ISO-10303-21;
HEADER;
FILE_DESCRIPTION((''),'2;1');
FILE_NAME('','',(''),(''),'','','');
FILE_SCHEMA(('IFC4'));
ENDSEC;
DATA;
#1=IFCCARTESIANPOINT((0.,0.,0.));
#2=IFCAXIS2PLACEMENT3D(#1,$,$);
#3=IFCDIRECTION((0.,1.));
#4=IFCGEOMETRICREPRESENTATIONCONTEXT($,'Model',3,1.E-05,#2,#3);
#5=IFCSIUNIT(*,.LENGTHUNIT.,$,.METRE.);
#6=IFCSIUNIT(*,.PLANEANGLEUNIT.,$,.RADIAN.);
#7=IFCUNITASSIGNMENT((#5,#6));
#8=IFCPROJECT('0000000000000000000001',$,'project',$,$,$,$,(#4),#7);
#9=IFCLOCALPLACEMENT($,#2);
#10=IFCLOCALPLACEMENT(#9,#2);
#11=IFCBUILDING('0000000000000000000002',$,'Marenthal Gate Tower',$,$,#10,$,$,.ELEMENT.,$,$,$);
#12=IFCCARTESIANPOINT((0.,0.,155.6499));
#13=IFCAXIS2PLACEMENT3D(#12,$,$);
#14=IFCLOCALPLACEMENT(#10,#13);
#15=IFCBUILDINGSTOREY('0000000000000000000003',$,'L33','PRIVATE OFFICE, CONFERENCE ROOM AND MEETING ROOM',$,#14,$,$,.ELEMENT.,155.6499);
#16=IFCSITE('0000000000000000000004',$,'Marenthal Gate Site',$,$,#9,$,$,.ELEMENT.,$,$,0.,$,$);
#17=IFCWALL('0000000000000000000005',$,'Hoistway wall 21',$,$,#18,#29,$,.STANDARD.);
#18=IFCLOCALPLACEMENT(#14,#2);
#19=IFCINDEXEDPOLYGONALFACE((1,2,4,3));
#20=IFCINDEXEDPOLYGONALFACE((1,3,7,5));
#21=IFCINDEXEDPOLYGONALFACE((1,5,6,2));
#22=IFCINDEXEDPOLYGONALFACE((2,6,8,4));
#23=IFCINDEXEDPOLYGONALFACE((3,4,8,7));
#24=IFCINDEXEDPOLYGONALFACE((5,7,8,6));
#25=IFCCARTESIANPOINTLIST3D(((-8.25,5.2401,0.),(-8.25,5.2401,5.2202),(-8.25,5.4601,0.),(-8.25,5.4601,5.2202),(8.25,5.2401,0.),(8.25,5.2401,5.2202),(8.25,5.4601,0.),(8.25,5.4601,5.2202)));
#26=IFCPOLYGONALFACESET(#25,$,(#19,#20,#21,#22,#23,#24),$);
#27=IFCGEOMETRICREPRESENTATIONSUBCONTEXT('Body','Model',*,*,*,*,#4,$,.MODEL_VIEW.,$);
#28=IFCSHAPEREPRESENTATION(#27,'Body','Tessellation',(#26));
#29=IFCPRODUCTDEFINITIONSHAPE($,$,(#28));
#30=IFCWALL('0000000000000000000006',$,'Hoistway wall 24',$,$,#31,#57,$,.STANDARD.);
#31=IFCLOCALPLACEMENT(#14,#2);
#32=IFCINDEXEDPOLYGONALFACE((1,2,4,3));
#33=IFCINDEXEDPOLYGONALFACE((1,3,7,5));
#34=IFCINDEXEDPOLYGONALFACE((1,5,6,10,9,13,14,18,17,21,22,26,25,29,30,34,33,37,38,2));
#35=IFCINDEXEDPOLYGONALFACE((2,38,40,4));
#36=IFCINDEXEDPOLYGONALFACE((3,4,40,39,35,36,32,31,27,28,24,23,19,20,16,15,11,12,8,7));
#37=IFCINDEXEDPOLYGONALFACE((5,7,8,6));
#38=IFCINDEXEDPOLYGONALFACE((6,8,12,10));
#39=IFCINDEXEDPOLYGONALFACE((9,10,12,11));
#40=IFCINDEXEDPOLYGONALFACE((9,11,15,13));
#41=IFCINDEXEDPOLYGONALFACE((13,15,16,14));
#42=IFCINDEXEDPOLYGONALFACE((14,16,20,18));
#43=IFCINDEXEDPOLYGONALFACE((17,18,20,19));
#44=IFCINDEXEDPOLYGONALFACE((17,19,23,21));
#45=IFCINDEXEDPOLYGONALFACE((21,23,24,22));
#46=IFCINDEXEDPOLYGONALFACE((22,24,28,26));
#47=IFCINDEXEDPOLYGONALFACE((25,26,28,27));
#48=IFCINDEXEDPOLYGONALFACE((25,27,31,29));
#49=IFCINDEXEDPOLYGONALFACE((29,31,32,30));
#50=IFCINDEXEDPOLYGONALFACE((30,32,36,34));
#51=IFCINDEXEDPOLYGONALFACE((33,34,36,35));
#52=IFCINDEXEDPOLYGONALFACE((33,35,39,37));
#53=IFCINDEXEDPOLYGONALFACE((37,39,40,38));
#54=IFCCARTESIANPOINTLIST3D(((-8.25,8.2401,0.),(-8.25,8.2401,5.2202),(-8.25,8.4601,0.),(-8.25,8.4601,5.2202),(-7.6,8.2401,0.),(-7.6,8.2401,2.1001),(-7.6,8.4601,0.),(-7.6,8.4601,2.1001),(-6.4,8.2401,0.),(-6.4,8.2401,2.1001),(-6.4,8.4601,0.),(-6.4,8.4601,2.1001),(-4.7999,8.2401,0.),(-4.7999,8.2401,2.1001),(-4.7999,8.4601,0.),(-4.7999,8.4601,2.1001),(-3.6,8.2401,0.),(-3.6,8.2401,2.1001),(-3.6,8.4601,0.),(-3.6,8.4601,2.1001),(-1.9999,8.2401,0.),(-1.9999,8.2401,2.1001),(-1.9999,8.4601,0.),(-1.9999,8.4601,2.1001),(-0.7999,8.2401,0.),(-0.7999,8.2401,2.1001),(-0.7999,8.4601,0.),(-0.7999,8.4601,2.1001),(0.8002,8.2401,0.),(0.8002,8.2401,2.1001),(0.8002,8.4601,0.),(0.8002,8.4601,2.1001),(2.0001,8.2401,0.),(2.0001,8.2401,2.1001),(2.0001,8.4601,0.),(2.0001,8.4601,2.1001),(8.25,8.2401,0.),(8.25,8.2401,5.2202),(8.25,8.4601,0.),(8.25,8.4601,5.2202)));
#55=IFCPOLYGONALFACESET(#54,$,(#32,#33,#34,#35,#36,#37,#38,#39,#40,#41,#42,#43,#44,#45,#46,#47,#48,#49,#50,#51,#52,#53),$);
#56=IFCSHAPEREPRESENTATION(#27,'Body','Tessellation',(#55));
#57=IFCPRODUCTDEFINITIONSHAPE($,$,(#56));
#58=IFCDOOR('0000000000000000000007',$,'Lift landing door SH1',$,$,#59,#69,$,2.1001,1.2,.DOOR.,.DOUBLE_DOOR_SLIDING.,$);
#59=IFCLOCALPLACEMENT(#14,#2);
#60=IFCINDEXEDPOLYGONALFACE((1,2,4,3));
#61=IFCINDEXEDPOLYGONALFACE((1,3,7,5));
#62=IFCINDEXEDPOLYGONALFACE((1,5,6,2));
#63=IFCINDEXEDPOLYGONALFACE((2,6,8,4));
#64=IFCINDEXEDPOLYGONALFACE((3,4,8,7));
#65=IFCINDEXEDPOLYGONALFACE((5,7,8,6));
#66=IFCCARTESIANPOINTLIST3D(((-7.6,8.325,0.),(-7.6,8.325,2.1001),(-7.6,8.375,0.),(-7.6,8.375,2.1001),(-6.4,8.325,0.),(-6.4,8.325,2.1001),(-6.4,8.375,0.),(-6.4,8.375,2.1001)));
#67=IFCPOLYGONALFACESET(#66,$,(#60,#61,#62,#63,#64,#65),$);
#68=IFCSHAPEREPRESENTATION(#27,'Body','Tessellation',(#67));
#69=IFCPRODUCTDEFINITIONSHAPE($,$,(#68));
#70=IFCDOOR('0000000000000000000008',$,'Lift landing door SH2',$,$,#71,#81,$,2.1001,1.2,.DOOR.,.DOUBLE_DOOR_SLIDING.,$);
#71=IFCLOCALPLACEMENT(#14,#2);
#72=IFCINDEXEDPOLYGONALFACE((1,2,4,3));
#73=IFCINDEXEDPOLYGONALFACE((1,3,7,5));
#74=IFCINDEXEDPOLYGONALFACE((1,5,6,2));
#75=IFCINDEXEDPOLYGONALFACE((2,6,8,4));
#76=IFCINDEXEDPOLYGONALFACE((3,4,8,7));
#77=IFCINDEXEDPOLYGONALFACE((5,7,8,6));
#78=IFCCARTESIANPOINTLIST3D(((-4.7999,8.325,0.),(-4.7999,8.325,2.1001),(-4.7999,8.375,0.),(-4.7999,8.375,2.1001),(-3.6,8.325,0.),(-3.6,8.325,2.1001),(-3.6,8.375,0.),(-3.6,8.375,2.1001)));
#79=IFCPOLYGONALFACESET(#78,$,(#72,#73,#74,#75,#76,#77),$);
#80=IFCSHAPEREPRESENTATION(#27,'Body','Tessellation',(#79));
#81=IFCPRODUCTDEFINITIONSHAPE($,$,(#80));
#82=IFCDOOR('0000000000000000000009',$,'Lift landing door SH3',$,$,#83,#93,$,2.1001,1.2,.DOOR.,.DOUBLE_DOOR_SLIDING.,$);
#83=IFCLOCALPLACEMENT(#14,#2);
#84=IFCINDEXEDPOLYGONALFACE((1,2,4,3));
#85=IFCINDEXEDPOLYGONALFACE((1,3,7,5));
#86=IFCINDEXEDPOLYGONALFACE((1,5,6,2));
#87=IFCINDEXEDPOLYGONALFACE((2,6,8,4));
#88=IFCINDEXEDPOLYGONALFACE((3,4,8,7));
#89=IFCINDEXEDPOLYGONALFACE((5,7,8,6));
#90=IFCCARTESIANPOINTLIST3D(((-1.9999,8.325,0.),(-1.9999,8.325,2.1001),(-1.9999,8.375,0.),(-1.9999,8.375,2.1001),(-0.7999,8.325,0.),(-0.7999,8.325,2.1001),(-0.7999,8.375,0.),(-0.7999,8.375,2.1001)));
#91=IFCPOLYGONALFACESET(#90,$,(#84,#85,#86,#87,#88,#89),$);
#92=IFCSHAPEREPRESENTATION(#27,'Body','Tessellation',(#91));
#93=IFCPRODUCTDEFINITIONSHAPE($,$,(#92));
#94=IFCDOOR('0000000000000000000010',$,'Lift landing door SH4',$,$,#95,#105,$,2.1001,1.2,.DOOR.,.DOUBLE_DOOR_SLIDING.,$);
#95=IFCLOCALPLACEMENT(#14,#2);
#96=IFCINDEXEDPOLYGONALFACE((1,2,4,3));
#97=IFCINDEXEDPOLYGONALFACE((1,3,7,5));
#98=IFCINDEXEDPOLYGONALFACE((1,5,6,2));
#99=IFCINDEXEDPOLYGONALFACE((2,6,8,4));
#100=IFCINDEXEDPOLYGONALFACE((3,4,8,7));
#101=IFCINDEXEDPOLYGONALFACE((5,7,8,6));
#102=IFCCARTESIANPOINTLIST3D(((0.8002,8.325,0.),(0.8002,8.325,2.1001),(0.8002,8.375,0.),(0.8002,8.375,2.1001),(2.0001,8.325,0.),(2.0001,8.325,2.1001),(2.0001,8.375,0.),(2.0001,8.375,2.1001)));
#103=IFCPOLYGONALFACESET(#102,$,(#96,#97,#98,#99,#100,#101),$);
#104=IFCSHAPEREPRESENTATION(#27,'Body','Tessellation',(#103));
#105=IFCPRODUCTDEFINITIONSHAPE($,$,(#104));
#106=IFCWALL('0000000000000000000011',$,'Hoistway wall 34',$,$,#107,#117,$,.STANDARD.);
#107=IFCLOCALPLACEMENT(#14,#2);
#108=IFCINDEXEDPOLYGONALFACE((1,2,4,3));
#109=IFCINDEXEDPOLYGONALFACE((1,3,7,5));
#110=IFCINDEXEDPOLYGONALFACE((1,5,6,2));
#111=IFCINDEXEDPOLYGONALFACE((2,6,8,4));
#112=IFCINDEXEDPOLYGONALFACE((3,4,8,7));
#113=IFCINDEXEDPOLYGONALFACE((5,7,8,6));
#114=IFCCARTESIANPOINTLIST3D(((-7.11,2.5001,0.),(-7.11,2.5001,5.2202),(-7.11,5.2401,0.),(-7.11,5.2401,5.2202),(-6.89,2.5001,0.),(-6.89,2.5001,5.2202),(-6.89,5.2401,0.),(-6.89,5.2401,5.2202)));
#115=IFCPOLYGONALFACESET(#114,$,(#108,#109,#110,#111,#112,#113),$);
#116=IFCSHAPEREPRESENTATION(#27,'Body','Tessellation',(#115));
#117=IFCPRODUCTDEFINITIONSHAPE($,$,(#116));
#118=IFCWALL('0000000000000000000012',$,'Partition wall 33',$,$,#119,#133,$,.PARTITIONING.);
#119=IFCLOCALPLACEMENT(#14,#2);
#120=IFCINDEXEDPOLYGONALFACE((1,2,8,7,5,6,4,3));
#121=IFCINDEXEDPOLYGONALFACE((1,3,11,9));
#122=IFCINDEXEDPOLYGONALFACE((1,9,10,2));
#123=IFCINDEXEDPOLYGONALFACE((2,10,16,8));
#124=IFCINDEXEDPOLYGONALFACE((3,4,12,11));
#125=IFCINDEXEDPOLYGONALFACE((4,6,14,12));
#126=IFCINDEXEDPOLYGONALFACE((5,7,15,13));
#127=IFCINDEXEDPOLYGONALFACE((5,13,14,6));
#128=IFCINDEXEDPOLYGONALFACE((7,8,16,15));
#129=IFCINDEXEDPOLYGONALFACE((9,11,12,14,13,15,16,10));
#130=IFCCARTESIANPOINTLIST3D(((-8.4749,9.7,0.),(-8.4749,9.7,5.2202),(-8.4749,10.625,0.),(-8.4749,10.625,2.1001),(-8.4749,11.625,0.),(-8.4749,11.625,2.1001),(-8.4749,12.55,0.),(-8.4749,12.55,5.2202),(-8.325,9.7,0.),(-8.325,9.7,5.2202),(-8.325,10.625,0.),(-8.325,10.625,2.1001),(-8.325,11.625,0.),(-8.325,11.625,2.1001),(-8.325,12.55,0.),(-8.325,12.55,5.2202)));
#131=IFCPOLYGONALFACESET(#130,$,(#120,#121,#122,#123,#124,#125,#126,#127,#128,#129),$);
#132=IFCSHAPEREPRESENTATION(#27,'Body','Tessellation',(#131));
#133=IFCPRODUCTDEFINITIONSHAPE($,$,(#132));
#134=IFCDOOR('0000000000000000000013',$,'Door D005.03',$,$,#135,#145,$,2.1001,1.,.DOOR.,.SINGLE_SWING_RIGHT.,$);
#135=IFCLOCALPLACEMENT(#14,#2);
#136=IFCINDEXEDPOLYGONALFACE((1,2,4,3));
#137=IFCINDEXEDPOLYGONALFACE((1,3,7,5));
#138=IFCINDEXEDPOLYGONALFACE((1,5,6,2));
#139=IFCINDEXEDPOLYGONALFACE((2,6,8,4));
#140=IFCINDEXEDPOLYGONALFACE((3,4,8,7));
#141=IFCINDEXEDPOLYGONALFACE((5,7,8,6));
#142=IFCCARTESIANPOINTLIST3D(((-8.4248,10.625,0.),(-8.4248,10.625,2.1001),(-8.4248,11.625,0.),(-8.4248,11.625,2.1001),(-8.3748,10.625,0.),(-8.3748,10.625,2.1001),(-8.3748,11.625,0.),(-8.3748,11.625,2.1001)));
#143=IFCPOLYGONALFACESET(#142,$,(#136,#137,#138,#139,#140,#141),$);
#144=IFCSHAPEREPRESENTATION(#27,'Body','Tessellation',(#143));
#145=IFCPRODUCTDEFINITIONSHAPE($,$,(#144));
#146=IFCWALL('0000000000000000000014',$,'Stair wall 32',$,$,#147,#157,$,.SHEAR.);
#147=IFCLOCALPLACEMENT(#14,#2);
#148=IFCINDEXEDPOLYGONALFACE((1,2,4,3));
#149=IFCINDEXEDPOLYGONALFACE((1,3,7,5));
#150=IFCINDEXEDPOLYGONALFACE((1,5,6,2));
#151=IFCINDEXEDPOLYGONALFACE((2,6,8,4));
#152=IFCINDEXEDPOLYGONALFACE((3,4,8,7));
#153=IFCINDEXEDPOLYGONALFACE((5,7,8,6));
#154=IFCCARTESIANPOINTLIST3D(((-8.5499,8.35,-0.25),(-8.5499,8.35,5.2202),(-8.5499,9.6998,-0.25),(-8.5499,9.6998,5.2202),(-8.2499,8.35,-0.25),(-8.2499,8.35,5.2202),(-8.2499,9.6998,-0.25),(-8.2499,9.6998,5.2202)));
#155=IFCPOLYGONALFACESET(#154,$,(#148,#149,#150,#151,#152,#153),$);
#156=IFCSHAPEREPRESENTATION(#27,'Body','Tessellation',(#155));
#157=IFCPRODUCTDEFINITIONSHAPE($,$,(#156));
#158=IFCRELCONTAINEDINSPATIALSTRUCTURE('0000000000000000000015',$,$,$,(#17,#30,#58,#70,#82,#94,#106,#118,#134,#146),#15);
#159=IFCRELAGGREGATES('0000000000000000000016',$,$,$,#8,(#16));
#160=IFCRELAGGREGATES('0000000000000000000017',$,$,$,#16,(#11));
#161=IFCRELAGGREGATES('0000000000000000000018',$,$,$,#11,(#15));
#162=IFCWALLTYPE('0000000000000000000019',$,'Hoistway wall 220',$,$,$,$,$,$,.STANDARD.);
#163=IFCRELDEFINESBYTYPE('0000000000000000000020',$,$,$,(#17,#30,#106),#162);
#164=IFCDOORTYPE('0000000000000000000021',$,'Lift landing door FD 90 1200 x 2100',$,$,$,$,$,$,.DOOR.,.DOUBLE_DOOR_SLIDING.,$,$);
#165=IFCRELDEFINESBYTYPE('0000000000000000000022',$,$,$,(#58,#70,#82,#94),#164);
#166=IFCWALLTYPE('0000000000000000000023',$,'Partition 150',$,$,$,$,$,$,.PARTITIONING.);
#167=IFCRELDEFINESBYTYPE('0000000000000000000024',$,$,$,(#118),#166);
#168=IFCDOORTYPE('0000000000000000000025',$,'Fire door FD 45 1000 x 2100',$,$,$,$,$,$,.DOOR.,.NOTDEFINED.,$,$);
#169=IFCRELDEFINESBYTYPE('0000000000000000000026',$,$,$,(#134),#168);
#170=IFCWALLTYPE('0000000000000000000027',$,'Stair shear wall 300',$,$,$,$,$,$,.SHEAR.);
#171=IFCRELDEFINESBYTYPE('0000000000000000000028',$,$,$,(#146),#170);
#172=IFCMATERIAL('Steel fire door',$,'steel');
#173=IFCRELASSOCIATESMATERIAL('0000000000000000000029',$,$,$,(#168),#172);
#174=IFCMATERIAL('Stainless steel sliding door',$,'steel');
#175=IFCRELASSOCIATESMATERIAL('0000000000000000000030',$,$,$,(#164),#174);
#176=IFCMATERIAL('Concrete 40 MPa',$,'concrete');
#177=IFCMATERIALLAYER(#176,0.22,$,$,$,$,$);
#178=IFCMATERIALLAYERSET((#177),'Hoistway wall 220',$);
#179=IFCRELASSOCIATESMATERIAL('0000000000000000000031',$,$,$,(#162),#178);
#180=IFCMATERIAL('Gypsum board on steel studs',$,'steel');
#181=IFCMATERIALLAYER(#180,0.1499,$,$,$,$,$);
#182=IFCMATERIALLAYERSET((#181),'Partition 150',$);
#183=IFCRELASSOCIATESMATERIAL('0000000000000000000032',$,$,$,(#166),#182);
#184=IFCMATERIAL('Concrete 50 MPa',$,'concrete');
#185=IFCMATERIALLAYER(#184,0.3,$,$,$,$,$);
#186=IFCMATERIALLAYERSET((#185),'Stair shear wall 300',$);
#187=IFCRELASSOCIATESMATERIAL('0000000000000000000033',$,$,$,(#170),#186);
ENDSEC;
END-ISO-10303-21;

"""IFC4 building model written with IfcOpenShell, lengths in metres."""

from ifc_helpers import new_model, si_unit, direction, frame, frame_2d, origin, place, context, subcontext, project, spatial, rectangle, extrude, material, layer, layer_set, type_object, element, fill, save


model = new_model("IFC4")

# Units and contexts
model_context = context("Model", 3, precision=1e-05, world=origin(), true_north=direction((0.0, 1.0)))
body_context = subcontext(model_context, "Body", "Model", "MODEL_VIEW")
ifc_project = project(units=[si_unit("LENGTHUNIT", "METRE"), si_unit("PLANEANGLEUNIT", "RADIAN")], contexts=[model_context])

# Site, building, storey
site_placement = place(None, origin())
site = spatial("IfcSite", under=ifc_project, at=site_placement, Name="Marenthal Gate Site", CompositionType="ELEMENT", RefElevation=0.0)
building_placement = place(site_placement, origin())
building = spatial("IfcBuilding", under=site, at=building_placement, Name="Marenthal Gate Tower", CompositionType="ELEMENT")
storey_placement = place(building_placement, frame((0.0, 0.0, 155.6499)))
storey = spatial("IfcBuildingStorey", under=building, at=storey_placement, Name="L33", Description="PRIVATE OFFICE, CONFERENCE ROOM AND MEETING ROOM", CompositionType="ELEMENT", Elevation=155.6499)

# Shared definitions
ifc_material_1 = material(Name="Steel fire door", Category="steel")
door_type_1 = type_object("IfcDoorType", Name="Fire door FD 45 1000 x 2100", OperationType="NOTDEFINED", PredefinedType="DOOR", material=ifc_material_1)
ifc_material_2 = material(Name="Stainless steel sliding door", Category="steel")
door_type_2 = type_object("IfcDoorType", Name="Lift landing door FD 90 1200 x 2100", OperationType="DOUBLE_DOOR_SLIDING", PredefinedType="DOOR", material=ifc_material_2)

# Wall
ifc_material_3 = material(Name="Concrete 40 MPa", Category="concrete")
ifc_layer_1 = layer(ifc_material_3, 0.22)
ifc_layer_set_1 = layer_set([ifc_layer_1], Name="Hoistway wall 220")
wall_type_1 = type_object("IfcWallType", Name="Hoistway wall 220", PredefinedType="STANDARD", material=ifc_layer_set_1)
wall_1_placement = place(storey_placement, frame((-8.25, 5.3501, 0.0), z_axis=(0.0, 0.0, 1.0), x_axis=(1.0, 0.0, 0.0)))
element("IfcWall", 1, at=wall_1_placement, inside=storey, type_object=wall_type_1, Name="Hoistway wall 21", PredefinedType="STANDARD", context=body_context, shape_type="SweptSolid", body=[
    extrude(rectangle(XDim=16.5, YDim=0.22, at=frame_2d((8.25, 0.0))), origin(), (0.0, 0.0, 1.0), 5.2202),
])

# Wall, openings, doors
wall_2_placement = place(storey_placement, frame((-8.25, 8.3501, 0.0), z_axis=(0.0, 0.0, 1.0), x_axis=(1.0, 0.0, 0.0)))
wall_2 = element("IfcWall", 2, at=wall_2_placement, inside=storey, type_object=wall_type_1, Name="Hoistway wall 24", PredefinedType="STANDARD", context=body_context, shape_type="SweptSolid", body=[
    extrude(rectangle(XDim=16.5, YDim=0.22, at=frame_2d((8.25, 0.0))), origin(), (0.0, 0.0, 1.0), 5.2202),
])
opening_1_placement = place(wall_2_placement, frame((0.6499, 0.0, 0.0)))
opening_1 = element("IfcOpeningElement", 3, at=opening_1_placement, cuts=wall_2, PredefinedType="OPENING", context=body_context, shape_type="SweptSolid", body=[
    extrude(rectangle(XDim=1.2, YDim=2.1001, at=frame_2d((0.6001, 1.05))), frame((0.0, 0.1201, 0.0), z_axis=(0.0, -1.0, 0.0), x_axis=(1.0, 0.0, 0.0)), (0.0, 0.0, 1.0), 0.24),
])
opening_2_placement = place(wall_2_placement, frame((3.45, 0.0, 0.0)))
opening_2 = element("IfcOpeningElement", 4, at=opening_2_placement, cuts=wall_2, PredefinedType="OPENING", context=body_context, shape_type="SweptSolid", body=[
    extrude(rectangle(XDim=1.2, YDim=2.1001, at=frame_2d((0.6001, 1.05))), frame((0.0, 0.1201, 0.0), z_axis=(0.0, -1.0, 0.0), x_axis=(1.0, 0.0, 0.0)), (0.0, 0.0, 1.0), 0.24),
])
opening_3_placement = place(wall_2_placement, frame((6.25, 0.0, 0.0)))
opening_3 = element("IfcOpeningElement", 5, at=opening_3_placement, cuts=wall_2, PredefinedType="OPENING", context=body_context, shape_type="SweptSolid", body=[
    extrude(rectangle(XDim=1.2, YDim=2.1001, at=frame_2d((0.6001, 1.05))), frame((0.0, 0.1201, 0.0), z_axis=(0.0, -1.0, 0.0), x_axis=(1.0, 0.0, 0.0)), (0.0, 0.0, 1.0), 0.24),
])
opening_4_placement = place(wall_2_placement, frame((9.05, 0.0, 0.0)))
opening_4 = element("IfcOpeningElement", 6, at=opening_4_placement, cuts=wall_2, PredefinedType="OPENING", context=body_context, shape_type="SweptSolid", body=[
    extrude(rectangle(XDim=1.2, YDim=2.1001, at=frame_2d((0.6001, 1.05))), frame((0.0, 0.1201, 0.0), z_axis=(0.0, -1.0, 0.0), x_axis=(1.0, 0.0, 0.0)), (0.0, 0.0, 1.0), 0.24),
])
door_1_placement = place(opening_1_placement, origin())
door_1 = element("IfcDoor", 7, at=door_1_placement, inside=storey, type_object=door_type_2, Name="Lift landing door SH1", OperationType="DOUBLE_DOOR_SLIDING", OverallHeight=2.1001, OverallWidth=1.2, PredefinedType="DOOR", context=body_context, shape_type="SweptSolid", body=[
    extrude(rectangle(XDim=1.2, YDim=2.1001, at=frame_2d((0.6001, 1.05))), frame((0.0, 0.0249, 0.0), z_axis=(0.0, -1.0, 0.0), x_axis=(1.0, 0.0, 0.0)), (0.0, 0.0, 1.0), 0.05),
])
fill(opening_1, door_1)
door_2_placement = place(opening_2_placement, origin())
door_2 = element("IfcDoor", 8, at=door_2_placement, inside=storey, type_object=door_type_2, Name="Lift landing door SH2", OperationType="DOUBLE_DOOR_SLIDING", OverallHeight=2.1001, OverallWidth=1.2, PredefinedType="DOOR", context=body_context, shape_type="SweptSolid", body=[
    extrude(rectangle(XDim=1.2, YDim=2.1001, at=frame_2d((0.6001, 1.05))), frame((0.0, 0.0249, 0.0), z_axis=(0.0, -1.0, 0.0), x_axis=(1.0, 0.0, 0.0)), (0.0, 0.0, 1.0), 0.05),
])
fill(opening_2, door_2)
door_3_placement = place(opening_3_placement, origin())
door_3 = element("IfcDoor", 9, at=door_3_placement, inside=storey, type_object=door_type_2, Name="Lift landing door SH3", OperationType="DOUBLE_DOOR_SLIDING", OverallHeight=2.1001, OverallWidth=1.2, PredefinedType="DOOR", context=body_context, shape_type="SweptSolid", body=[
    extrude(rectangle(XDim=1.2, YDim=2.1001, at=frame_2d((0.6001, 1.05))), frame((0.0, 0.0249, 0.0), z_axis=(0.0, -1.0, 0.0), x_axis=(1.0, 0.0, 0.0)), (0.0, 0.0, 1.0), 0.05),
])
fill(opening_3, door_3)
door_4_placement = place(opening_4_placement, origin())
door_4 = element("IfcDoor", 10, at=door_4_placement, inside=storey, type_object=door_type_2, Name="Lift landing door SH4", OperationType="DOUBLE_DOOR_SLIDING", OverallHeight=2.1001, OverallWidth=1.2, PredefinedType="DOOR", context=body_context, shape_type="SweptSolid", body=[
    extrude(rectangle(XDim=1.2, YDim=2.1001, at=frame_2d((0.6001, 1.05))), frame((0.0, 0.0249, 0.0), z_axis=(0.0, -1.0, 0.0), x_axis=(1.0, 0.0, 0.0)), (0.0, 0.0, 1.0), 0.05),
])
fill(opening_4, door_4)

# Wall
wall_3_placement = place(storey_placement, frame((-7.0, 2.5, 0.0), z_axis=(0.0, 0.0, 1.0), x_axis=(0.0, 1.0, 0.0)))
element("IfcWall", 11, at=wall_3_placement, inside=storey, type_object=wall_type_1, Name="Hoistway wall 34", PredefinedType="STANDARD", context=body_context, shape_type="SweptSolid", body=[
    extrude(rectangle(XDim=2.74, YDim=0.22, at=frame_2d((1.3701, 0.0))), origin(), (0.0, 0.0, 1.0), 5.2202),
])

# Wall, opening, door
ifc_material_4 = material(Name="Gypsum board on steel studs", Category="steel")
ifc_layer_2 = layer(ifc_material_4, 0.1499)
ifc_layer_set_2 = layer_set([ifc_layer_2], Name="Partition 150")
wall_type_2 = type_object("IfcWallType", Name="Partition 150", PredefinedType="PARTITIONING", material=ifc_layer_set_2)
wall_4_placement = place(storey_placement, frame((-8.3999, 9.7, 0.0), z_axis=(0.0, 0.0, 1.0), x_axis=(0.0, 1.0, 0.0)))
wall_4 = element("IfcWall", 12, at=wall_4_placement, inside=storey, type_object=wall_type_2, Name="Partition wall 33", PredefinedType="PARTITIONING", context=body_context, shape_type="SweptSolid", body=[
    extrude(rectangle(XDim=2.8501, YDim=0.1499, at=frame_2d((1.425, 0.0))), origin(), (0.0, 0.0, 1.0), 5.2202),
])
opening_5_placement = place(wall_4_placement, frame((0.925, 0.0, 0.0)))
opening_5 = element("IfcOpeningElement", 13, at=opening_5_placement, cuts=wall_4, PredefinedType="OPENING", context=body_context, shape_type="SweptSolid", body=[
    extrude(rectangle(XDim=1.0, YDim=2.1001, at=frame_2d((0.5, 1.05))), frame((0.0, 0.085, 0.0), z_axis=(0.0, -1.0, 0.0), x_axis=(1.0, 0.0, 0.0)), (0.0, 0.0, 1.0), 0.1699),
])
door_5_placement = place(opening_5_placement, origin())
door_5 = element("IfcDoor", 14, at=door_5_placement, inside=storey, type_object=door_type_1, Name="Door D005.03", OperationType="SINGLE_SWING_RIGHT", OverallHeight=2.1001, OverallWidth=1.0, PredefinedType="DOOR", context=body_context, shape_type="SweptSolid", body=[
    extrude(rectangle(XDim=1.0, YDim=2.1001, at=frame_2d((0.5, 1.05))), frame((0.0, 0.0249, 0.0), z_axis=(0.0, -1.0, 0.0), x_axis=(1.0, 0.0, 0.0)), (0.0, 0.0, 1.0), 0.05),
])
fill(opening_5, door_5)

# Wall
ifc_material_5 = material(Name="Concrete 50 MPa", Category="concrete")
ifc_layer_3 = layer(ifc_material_5, 0.3)
ifc_layer_set_3 = layer_set([ifc_layer_3], Name="Stair shear wall 300")
wall_type_3 = type_object("IfcWallType", Name="Stair shear wall 300", PredefinedType="SHEAR", material=ifc_layer_set_3)
wall_5_placement = place(storey_placement, frame((-8.3999, 8.3501, -0.25), z_axis=(0.0, 0.0, 1.0), x_axis=(0.0, 1.0, 0.0)))
element("IfcWall", 15, at=wall_5_placement, inside=storey, type_object=wall_type_3, Name="Stair wall 32", PredefinedType="SHEAR", context=body_context, shape_type="SweptSolid", body=[
    extrude(rectangle(XDim=1.3499, YDim=0.3, at=frame_2d((0.6748, 0.0))), origin(), (0.0, 0.0, 1.0), 5.4702),
])

save(model, "model.ifc")
